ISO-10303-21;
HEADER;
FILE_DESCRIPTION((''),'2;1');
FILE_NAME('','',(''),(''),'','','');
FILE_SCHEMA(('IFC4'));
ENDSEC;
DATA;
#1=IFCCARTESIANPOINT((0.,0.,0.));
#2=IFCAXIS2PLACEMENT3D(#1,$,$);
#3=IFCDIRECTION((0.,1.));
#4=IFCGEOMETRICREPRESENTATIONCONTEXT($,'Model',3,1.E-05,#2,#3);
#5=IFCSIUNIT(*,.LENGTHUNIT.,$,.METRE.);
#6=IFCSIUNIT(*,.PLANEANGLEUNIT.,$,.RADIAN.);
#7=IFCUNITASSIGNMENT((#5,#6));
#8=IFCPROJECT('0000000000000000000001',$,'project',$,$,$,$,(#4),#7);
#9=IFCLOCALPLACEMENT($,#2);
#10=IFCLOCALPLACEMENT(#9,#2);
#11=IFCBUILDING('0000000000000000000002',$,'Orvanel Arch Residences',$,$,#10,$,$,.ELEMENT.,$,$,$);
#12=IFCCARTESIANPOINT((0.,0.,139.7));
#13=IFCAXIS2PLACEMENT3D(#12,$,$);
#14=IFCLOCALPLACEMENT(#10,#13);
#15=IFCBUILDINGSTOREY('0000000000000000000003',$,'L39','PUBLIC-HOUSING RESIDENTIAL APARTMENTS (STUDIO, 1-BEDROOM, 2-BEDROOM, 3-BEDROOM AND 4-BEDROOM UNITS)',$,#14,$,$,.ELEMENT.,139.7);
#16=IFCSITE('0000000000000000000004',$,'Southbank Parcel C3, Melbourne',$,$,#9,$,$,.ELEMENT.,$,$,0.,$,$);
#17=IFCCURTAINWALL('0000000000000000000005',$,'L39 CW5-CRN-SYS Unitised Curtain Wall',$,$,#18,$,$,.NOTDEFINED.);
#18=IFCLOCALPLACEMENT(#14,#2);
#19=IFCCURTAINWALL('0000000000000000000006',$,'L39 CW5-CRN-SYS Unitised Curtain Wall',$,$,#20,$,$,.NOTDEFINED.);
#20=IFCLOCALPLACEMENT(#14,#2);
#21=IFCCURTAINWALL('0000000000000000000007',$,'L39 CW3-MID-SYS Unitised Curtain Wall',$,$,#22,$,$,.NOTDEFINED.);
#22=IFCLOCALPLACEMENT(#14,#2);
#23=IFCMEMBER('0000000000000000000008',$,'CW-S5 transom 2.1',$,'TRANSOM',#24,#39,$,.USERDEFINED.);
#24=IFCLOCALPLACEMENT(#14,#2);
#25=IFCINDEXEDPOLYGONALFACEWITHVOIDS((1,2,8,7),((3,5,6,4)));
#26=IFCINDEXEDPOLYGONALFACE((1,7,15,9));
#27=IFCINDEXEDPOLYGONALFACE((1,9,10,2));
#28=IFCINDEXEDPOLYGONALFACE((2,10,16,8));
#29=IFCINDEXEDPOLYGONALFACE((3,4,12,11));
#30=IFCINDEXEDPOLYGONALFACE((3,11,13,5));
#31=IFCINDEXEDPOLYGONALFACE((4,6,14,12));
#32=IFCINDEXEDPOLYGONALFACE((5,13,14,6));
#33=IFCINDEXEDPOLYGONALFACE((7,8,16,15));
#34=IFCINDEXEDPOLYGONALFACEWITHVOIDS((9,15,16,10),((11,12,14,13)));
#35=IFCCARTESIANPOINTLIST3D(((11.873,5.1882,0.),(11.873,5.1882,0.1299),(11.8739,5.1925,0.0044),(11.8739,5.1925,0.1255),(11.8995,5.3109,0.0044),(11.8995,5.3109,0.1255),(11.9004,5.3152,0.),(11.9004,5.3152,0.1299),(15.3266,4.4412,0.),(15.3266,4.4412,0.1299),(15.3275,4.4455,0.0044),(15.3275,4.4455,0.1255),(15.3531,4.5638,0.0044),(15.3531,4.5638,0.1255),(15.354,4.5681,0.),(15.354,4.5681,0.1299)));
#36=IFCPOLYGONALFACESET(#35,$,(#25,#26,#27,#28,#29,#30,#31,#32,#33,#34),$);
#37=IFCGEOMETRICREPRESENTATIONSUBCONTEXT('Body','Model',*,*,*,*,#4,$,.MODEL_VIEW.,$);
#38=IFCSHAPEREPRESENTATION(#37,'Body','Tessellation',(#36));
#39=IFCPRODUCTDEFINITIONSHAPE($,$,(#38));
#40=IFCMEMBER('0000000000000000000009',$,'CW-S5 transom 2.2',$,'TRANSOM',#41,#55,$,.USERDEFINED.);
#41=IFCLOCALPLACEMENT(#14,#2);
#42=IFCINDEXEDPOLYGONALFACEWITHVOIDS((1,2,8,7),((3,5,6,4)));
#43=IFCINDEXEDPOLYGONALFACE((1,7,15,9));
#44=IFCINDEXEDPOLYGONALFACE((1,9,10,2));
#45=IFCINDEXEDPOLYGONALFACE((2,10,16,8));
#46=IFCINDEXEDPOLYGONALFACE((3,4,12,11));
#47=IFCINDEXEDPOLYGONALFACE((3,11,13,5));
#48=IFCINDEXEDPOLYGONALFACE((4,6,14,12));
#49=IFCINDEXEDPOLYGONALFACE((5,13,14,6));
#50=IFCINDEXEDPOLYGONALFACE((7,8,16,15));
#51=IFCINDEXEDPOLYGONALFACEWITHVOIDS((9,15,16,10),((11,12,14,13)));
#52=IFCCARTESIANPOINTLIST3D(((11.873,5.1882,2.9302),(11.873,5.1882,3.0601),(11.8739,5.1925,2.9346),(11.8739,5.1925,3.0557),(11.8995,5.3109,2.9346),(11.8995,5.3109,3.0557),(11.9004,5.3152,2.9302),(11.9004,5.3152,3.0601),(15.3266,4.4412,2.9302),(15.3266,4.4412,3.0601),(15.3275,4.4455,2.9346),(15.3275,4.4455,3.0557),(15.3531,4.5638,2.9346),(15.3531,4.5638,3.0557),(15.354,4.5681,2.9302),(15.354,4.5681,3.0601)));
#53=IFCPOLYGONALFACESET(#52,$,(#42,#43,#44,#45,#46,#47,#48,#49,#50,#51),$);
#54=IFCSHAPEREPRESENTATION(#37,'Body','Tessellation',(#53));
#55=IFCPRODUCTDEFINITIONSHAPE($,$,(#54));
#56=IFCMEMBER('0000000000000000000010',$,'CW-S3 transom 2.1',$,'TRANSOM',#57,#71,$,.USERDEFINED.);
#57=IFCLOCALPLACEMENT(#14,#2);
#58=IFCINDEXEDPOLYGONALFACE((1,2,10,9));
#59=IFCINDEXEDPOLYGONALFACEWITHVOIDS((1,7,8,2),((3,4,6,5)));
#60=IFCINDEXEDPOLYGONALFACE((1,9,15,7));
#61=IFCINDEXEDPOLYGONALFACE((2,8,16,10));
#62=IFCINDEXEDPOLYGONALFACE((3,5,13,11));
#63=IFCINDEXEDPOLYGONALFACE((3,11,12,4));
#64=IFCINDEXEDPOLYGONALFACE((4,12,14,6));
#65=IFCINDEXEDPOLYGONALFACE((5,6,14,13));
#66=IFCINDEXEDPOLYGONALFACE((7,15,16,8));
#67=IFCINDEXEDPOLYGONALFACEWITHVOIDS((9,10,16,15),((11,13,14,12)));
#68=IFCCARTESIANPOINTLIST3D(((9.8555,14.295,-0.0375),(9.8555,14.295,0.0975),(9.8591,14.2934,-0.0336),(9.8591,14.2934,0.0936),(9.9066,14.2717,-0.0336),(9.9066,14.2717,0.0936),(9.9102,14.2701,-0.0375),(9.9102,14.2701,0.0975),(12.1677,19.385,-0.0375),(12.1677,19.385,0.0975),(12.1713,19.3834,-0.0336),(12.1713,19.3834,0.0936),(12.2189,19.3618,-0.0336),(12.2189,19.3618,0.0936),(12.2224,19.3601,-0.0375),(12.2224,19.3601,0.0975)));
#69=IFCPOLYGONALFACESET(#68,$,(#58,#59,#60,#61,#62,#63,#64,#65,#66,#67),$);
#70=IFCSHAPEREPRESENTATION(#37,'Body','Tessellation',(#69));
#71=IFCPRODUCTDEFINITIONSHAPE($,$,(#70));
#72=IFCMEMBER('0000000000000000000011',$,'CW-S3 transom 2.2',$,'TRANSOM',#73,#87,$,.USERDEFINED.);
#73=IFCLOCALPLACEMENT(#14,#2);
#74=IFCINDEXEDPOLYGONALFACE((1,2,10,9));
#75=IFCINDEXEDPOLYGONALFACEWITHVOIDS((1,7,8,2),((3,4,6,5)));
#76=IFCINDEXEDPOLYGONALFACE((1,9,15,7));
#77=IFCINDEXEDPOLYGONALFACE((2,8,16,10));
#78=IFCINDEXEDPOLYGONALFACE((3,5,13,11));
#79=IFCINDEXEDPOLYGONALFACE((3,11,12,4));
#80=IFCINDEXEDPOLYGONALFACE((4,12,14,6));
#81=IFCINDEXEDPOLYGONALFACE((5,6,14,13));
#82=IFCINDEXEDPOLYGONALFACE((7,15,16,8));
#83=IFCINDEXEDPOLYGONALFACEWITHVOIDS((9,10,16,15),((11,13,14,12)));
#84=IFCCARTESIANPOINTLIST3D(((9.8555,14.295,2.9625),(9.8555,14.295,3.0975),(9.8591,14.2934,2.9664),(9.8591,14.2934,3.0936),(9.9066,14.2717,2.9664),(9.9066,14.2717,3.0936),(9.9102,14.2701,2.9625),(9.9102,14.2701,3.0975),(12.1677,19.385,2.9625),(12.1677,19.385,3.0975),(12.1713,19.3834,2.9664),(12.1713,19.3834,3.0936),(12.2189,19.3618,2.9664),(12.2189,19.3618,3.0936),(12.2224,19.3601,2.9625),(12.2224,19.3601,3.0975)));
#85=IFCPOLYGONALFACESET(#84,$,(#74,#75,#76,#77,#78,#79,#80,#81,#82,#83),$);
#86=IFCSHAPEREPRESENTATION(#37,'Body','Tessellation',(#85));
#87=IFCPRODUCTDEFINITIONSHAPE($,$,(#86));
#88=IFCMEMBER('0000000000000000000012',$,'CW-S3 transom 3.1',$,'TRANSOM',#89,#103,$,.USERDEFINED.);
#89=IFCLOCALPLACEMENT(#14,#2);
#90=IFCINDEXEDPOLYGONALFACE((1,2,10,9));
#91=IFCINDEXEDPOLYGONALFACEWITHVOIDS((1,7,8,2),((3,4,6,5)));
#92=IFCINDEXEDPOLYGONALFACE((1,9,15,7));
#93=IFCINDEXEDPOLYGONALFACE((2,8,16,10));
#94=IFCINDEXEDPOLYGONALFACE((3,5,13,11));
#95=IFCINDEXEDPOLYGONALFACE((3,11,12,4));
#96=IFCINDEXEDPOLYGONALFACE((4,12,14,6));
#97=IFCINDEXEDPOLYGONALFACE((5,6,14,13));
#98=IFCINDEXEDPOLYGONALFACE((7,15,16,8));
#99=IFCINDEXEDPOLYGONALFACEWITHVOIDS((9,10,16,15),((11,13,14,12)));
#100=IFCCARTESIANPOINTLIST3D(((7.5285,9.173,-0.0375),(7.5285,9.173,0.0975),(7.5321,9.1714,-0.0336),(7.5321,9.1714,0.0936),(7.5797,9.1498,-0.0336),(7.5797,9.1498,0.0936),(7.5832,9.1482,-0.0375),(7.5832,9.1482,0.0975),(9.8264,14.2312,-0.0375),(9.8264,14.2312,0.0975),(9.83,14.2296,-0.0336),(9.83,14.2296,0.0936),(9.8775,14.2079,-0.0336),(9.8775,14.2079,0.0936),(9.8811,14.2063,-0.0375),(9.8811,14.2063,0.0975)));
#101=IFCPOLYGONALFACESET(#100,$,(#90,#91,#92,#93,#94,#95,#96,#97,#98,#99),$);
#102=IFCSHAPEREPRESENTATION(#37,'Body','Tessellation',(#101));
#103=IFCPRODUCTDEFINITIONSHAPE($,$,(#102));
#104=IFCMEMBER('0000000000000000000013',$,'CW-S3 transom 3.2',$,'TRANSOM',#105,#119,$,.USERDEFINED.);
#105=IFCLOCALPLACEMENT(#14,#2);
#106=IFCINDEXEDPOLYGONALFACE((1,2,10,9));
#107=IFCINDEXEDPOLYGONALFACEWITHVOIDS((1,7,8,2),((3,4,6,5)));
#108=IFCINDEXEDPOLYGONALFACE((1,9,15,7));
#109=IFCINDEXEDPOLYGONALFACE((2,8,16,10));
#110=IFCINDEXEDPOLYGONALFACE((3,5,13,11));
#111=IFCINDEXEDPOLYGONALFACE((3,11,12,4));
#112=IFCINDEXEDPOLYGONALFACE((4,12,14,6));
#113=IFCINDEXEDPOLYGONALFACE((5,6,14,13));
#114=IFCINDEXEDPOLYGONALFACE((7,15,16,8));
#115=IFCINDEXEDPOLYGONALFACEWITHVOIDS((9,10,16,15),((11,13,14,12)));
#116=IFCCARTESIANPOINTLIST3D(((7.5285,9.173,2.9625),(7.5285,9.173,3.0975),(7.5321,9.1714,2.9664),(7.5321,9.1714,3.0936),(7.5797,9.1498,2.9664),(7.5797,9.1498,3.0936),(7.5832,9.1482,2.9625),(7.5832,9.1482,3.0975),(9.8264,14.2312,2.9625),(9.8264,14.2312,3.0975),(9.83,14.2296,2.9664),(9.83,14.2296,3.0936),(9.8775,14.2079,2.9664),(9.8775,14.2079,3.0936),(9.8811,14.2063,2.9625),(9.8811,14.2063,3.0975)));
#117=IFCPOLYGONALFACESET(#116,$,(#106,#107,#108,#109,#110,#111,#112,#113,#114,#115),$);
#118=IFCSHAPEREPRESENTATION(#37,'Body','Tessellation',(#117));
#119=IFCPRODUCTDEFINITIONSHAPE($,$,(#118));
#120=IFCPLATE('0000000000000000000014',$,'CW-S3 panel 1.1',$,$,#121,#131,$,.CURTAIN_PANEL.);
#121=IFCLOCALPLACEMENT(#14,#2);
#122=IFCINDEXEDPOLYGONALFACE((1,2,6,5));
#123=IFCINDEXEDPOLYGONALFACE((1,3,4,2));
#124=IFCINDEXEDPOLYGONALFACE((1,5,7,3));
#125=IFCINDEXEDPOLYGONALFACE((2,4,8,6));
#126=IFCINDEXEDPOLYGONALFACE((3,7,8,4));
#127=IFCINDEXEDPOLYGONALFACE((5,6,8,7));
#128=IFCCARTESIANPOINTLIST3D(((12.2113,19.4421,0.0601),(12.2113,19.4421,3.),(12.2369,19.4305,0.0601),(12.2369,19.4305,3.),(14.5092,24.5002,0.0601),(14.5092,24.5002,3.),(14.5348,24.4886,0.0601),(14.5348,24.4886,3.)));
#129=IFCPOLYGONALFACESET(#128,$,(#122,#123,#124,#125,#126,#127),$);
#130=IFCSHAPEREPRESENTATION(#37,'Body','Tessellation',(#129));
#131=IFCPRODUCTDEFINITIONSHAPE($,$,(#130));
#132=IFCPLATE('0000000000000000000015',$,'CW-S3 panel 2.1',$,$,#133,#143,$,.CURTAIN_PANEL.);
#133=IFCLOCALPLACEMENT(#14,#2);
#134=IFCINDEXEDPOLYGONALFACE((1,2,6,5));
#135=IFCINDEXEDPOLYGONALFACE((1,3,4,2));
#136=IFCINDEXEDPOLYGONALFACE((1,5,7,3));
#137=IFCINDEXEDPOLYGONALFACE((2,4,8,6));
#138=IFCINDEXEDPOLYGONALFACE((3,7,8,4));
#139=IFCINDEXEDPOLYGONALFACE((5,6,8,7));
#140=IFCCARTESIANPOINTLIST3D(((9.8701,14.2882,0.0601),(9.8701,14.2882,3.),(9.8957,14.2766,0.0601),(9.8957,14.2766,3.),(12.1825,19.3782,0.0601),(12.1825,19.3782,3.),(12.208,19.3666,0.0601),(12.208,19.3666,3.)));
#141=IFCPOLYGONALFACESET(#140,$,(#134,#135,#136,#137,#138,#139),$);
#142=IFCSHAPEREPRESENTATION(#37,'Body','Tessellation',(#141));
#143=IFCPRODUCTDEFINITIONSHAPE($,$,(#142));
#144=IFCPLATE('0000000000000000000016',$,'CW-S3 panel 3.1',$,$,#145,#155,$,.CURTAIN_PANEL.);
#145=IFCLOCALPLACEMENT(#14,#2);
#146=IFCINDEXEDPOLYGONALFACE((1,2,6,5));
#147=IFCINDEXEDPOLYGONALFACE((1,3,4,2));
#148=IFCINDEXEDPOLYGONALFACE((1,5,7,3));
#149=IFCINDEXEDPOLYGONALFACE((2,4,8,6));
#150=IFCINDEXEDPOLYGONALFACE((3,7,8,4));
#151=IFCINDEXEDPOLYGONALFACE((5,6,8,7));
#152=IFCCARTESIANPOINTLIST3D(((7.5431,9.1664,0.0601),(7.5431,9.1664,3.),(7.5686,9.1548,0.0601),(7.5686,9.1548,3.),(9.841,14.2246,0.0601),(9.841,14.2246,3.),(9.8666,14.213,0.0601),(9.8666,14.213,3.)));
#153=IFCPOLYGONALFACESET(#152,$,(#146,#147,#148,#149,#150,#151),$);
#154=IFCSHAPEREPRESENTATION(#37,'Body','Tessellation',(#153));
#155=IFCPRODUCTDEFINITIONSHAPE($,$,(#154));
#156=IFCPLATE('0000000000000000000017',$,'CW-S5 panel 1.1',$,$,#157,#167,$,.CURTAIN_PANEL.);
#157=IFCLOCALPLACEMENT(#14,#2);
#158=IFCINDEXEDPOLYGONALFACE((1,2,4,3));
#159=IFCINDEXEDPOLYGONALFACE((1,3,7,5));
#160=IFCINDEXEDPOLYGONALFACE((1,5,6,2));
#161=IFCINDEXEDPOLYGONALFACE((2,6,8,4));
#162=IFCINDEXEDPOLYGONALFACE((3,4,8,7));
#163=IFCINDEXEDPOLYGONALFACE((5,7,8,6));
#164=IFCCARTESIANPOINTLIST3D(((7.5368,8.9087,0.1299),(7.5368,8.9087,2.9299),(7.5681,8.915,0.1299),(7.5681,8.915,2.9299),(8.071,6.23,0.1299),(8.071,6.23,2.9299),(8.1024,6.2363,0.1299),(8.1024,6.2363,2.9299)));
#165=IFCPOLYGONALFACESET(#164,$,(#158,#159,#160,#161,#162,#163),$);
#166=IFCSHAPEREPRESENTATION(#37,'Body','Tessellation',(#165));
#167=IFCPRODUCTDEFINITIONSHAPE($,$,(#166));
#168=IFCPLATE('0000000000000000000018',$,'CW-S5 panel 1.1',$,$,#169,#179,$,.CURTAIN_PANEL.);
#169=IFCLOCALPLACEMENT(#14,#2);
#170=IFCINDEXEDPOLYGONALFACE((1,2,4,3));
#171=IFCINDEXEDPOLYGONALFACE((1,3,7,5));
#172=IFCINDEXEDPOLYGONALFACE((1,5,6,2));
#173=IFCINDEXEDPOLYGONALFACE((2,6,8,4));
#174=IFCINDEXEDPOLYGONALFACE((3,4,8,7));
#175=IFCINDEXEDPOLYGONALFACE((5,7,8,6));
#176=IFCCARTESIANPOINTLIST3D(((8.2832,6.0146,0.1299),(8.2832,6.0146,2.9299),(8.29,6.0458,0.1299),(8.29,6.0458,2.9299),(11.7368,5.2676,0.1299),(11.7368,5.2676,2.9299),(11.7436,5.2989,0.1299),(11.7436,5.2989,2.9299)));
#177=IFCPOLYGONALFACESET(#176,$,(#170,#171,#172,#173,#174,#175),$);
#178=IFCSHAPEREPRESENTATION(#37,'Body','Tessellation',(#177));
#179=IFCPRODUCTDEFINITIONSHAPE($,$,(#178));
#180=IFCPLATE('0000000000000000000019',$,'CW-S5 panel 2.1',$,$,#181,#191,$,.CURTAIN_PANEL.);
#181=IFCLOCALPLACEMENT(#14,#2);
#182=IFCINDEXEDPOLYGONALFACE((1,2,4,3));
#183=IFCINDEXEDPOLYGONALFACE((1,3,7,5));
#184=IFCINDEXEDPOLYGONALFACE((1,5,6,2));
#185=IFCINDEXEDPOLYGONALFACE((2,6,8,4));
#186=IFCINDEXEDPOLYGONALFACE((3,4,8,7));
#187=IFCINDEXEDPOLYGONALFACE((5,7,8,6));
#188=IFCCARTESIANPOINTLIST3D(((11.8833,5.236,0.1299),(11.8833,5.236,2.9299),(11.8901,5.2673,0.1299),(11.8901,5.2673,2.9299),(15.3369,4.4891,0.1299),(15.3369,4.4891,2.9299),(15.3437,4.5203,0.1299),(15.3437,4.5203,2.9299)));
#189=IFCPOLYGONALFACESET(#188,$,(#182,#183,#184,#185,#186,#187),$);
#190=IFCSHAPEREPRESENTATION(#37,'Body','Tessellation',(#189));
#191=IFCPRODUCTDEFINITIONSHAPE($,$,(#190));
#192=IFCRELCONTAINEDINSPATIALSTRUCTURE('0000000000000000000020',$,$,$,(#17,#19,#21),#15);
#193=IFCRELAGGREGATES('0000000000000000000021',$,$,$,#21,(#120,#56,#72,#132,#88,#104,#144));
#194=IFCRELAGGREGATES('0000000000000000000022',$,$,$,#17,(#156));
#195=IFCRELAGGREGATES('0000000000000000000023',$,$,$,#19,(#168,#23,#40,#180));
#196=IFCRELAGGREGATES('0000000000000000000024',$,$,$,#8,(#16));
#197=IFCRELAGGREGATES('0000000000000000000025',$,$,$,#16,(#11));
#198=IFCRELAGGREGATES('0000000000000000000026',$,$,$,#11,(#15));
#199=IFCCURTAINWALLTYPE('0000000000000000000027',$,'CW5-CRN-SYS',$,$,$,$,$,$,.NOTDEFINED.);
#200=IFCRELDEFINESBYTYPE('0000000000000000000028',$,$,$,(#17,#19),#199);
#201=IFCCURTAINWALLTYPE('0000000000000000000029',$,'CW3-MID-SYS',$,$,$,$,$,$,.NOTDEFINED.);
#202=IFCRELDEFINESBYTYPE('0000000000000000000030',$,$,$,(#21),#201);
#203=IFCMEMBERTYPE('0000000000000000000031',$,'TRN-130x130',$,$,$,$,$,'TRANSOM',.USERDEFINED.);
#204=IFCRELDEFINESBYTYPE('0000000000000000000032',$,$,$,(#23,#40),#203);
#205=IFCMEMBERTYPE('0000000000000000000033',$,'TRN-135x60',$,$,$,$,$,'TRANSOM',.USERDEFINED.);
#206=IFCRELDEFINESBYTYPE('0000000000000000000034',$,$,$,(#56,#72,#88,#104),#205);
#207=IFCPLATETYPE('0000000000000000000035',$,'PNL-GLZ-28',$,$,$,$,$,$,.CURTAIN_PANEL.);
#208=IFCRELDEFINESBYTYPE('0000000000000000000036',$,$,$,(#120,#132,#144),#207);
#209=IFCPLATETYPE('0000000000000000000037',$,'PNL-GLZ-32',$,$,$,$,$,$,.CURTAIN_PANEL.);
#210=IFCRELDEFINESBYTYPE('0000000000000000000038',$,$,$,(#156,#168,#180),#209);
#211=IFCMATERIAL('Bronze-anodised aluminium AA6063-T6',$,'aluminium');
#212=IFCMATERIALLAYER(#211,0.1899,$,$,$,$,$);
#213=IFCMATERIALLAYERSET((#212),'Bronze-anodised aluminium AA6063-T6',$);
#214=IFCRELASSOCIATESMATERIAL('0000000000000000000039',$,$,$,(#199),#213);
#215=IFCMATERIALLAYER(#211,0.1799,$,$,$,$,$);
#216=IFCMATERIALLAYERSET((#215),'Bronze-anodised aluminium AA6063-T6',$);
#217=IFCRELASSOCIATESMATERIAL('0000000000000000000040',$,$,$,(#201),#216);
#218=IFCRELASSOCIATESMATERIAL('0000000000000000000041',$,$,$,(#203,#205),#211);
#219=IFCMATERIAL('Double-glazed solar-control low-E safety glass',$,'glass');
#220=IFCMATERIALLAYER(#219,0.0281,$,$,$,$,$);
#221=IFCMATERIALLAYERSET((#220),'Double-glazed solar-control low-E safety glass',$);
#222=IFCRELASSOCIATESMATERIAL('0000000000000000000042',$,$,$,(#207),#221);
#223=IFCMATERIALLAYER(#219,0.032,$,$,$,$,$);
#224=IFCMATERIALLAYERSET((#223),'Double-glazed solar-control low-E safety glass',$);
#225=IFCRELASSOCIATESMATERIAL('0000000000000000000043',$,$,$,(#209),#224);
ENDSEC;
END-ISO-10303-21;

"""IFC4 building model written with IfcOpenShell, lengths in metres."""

from ifc_helpers import new_model, si_unit, direction, frame, origin, origin_2d, place, context, subcontext, project, spatial, rectangle, hollow_rectangle, extrude, material, layer, layer_set, material_profile, profile_set, type_object, element, aggregate, save


model = new_model("IFC4")

# Units and contexts
model_context = context("Model", 3, precision=1e-05, world=origin(), true_north=direction((0.0, 1.0)))
body_context = subcontext(model_context, "Body", "Model", "MODEL_VIEW")
ifc_project = project(units=[si_unit("LENGTHUNIT", "METRE"), si_unit("PLANEANGLEUNIT", "RADIAN")], contexts=[model_context])

# Site, building, storey
site_placement = place(None, origin())
site = spatial("IfcSite", under=ifc_project, at=site_placement, Name="Southbank Parcel C3, Melbourne", CompositionType="ELEMENT", RefElevation=0.0)
building_placement = place(site_placement, origin())
building = spatial("IfcBuilding", under=site, at=building_placement, Name="Orvanel Arch Residences", CompositionType="ELEMENT")
storey_placement = place(building_placement, frame((0.0, 0.0, 139.7)))
storey = spatial("IfcBuildingStorey", under=building, at=storey_placement, Name="L39", Description="PUBLIC-HOUSING RESIDENTIAL APARTMENTS (STUDIO, 1-BEDROOM, 2-BEDROOM, 3-BEDROOM AND 4-BEDROOM UNITS)", CompositionType="ELEMENT", Elevation=139.7)

# Curtain walls
ifc_material_1 = material(Name="Bronze-anodised aluminium AA6063-T6", Category="aluminium")
ifc_layer_1 = layer(ifc_material_1, 0.1899)
ifc_layer_set_1 = layer_set([ifc_layer_1], Name="Bronze-anodised aluminium AA6063-T6")
curtain_wall_type_1 = type_object("IfcCurtainWallType", Name="CW5-CRN-SYS", PredefinedType="NOTDEFINED", material=ifc_layer_set_1)
curtain_wall_1_placement = place(storey_placement, origin())
curtain_wall_1 = element("IfcCurtainWall", 1, at=curtain_wall_1_placement, inside=storey, type_object=curtain_wall_type_1, Name="L39 CW5-CRN-SYS Unitised Curtain Wall", PredefinedType="NOTDEFINED")
curtain_wall_2_placement = place(storey_placement, origin())
curtain_wall_2 = element("IfcCurtainWall", 2, at=curtain_wall_2_placement, inside=storey, type_object=curtain_wall_type_1, Name="L39 CW5-CRN-SYS Unitised Curtain Wall", PredefinedType="NOTDEFINED")
ifc_layer_2 = layer(ifc_material_1, 0.1799)
ifc_layer_set_2 = layer_set([ifc_layer_2], Name="Bronze-anodised aluminium AA6063-T6")
curtain_wall_type_2 = type_object("IfcCurtainWallType", Name="CW3-MID-SYS", PredefinedType="NOTDEFINED", material=ifc_layer_set_2)
curtain_wall_3_placement = place(storey_placement, origin())
curtain_wall_3 = element("IfcCurtainWall", 3, at=curtain_wall_3_placement, inside=storey, type_object=curtain_wall_type_2, Name="L39 CW3-MID-SYS Unitised Curtain Wall", PredefinedType="NOTDEFINED")

# Members
ifc_material_profile_1 = material_profile(ifc_material_1, hollow_rectangle(XDim=0.1299, YDim=0.1299, WallThickness=0.0044, at=origin_2d()), Name="ALU130x130x4.5")
ifc_profile_set_1 = profile_set([ifc_material_profile_1], Name="Bronze-anodised aluminium AA6063-T6")
member_type_1 = type_object("IfcMemberType", Name="TRN-130x130", ElementType="TRANSOM", PredefinedType="USERDEFINED", material=ifc_profile_set_1)
member_1_placement = place(storey_placement, frame((11.8867, 5.2517, 0.0649), z_axis=(0.977394, -0.211426, 0.0), x_axis=(0.211426, 0.977394, 0.0)))
member_1 = element("IfcMember", 4, at=member_1_placement, type_object=member_type_1, Name="CW-S5 transom 2.1", ObjectType="TRANSOM", PredefinedType="USERDEFINED", context=body_context, shape_type="SweptSolid", body=[
    extrude(hollow_rectangle(XDim=0.1299, YDim=0.1299, WallThickness=0.0044, at=origin_2d()), origin(), (0.0, 0.0, 1.0), 3.5334),
])
member_2_placement = place(storey_placement, frame((11.8867, 5.2517, 2.9951), z_axis=(0.977394, -0.211426, 0.0), x_axis=(0.211426, 0.977394, 0.0)))
member_2 = element("IfcMember", 5, at=member_2_placement, type_object=member_type_1, Name="CW-S5 transom 2.2", ObjectType="TRANSOM", PredefinedType="USERDEFINED", context=body_context, shape_type="SweptSolid", body=[
    extrude(hollow_rectangle(XDim=0.1299, YDim=0.1299, WallThickness=0.0044, at=origin_2d()), origin(), (0.0, 0.0, 1.0), 3.5334),
])
ifc_material_profile_2 = material_profile(ifc_material_1, hollow_rectangle(XDim=0.0601, YDim=0.135, WallThickness=0.0039, at=origin_2d()), Name="ALU135x60x4")
ifc_profile_set_2 = profile_set([ifc_material_profile_2], Name="Bronze-anodised aluminium AA6063-T6")
member_type_2 = type_object("IfcMemberType", Name="TRN-135x60", ElementType="TRANSOM", PredefinedType="USERDEFINED", material=ifc_profile_set_2)
member_3_placement = place(storey_placement, frame((12.1951, 19.3726, 0.03), z_axis=(-0.413592, -0.910462, 0.0), x_axis=(0.910462, -0.413592, 0.0)))
member_3 = element("IfcMember", 6, at=member_3_placement, type_object=member_type_2, Name="CW-S3 transom 2.1", ObjectType="TRANSOM", PredefinedType="USERDEFINED", context=body_context, shape_type="SweptSolid", body=[
    extrude(hollow_rectangle(XDim=0.0601, YDim=0.135, WallThickness=0.0039, at=origin_2d()), origin(), (0.0, 0.0, 1.0), 5.5906),
])
member_4_placement = place(storey_placement, frame((12.1951, 19.3726, 3.03), z_axis=(-0.413592, -0.910462, 0.0), x_axis=(0.910462, -0.413592, 0.0)))
member_4 = element("IfcMember", 7, at=member_4_placement, type_object=member_type_2, Name="CW-S3 transom 2.2", ObjectType="TRANSOM", PredefinedType="USERDEFINED", context=body_context, shape_type="SweptSolid", body=[
    extrude(hollow_rectangle(XDim=0.0601, YDim=0.135, WallThickness=0.0039, at=origin_2d()), origin(), (0.0, 0.0, 1.0), 5.5906),
])
member_5_placement = place(storey_placement, frame((9.8538, 14.2188, 0.03), z_axis=(-0.413611, -0.910454, 0.0), x_axis=(0.910454, -0.413611, 0.0)))
member_5 = element("IfcMember", 8, at=member_5_placement, type_object=member_type_2, Name="CW-S3 transom 3.1", ObjectType="TRANSOM", PredefinedType="USERDEFINED", context=body_context, shape_type="SweptSolid", body=[
    extrude(hollow_rectangle(XDim=0.0601, YDim=0.135, WallThickness=0.0039, at=origin_2d()), origin(), (0.0, 0.0, 1.0), 5.5557),
])
member_6_placement = place(storey_placement, frame((9.8538, 14.2188, 3.03), z_axis=(-0.413611, -0.910454, 0.0), x_axis=(0.910454, -0.413611, 0.0)))
member_6 = element("IfcMember", 9, at=member_6_placement, type_object=member_type_2, Name="CW-S3 transom 3.2", ObjectType="TRANSOM", PredefinedType="USERDEFINED", context=body_context, shape_type="SweptSolid", body=[
    extrude(hollow_rectangle(XDim=0.0601, YDim=0.135, WallThickness=0.0039, at=origin_2d()), origin(), (0.0, 0.0, 1.0), 5.5557),
])

# Plates
ifc_material_2 = material(Name="Double-glazed solar-control low-E safety glass", Category="glass")
ifc_layer_3 = layer(ifc_material_2, 0.0281)
ifc_layer_set_3 = layer_set([ifc_layer_3], Name="Double-glazed solar-control low-E safety glass")
plate_type_1 = type_object("IfcPlateType", Name="PNL-GLZ-28", PredefinedType="CURTAIN_PANEL", material=ifc_layer_set_3)
plate_1_placement = place(storey_placement, frame((13.373, 21.9653, 0.0601), z_axis=(0.0, 0.0, 1.0), x_axis=(-0.413621, -0.910449, 0.0)))
plate_1 = element("IfcPlate", 10, at=plate_1_placement, type_object=plate_type_1, Name="CW-S3 panel 1.1", PredefinedType="CURTAIN_PANEL", context=body_context, shape_type="SweptSolid", body=[
    extrude(rectangle(XDim=5.5557, YDim=0.0281, at=origin_2d()), origin(), (0.0, 0.0, 1.0), 2.9399),
])
plate_2_placement = place(storey_placement, frame((11.0391, 16.8274, 0.0601), z_axis=(0.0, 0.0, 1.0), x_axis=(-0.413621, -0.910449, 0.0)))
plate_2 = element("IfcPlate", 11, at=plate_2_placement, type_object=plate_type_1, Name="CW-S3 panel 2.1", PredefinedType="CURTAIN_PANEL", context=body_context, shape_type="SweptSolid", body=[
    extrude(rectangle(XDim=5.5906, YDim=0.0281, at=origin_2d()), origin(), (0.0, 0.0, 1.0), 2.9399),
])
plate_3_placement = place(storey_placement, frame((8.7048, 11.6897, 0.0601), z_axis=(0.0, 0.0, 1.0), x_axis=(-0.413621, -0.910449, 0.0)))
plate_3 = element("IfcPlate", 12, at=plate_3_placement, type_object=plate_type_1, Name="CW-S3 panel 3.1", PredefinedType="CURTAIN_PANEL", context=body_context, shape_type="SweptSolid", body=[
    extrude(rectangle(XDim=5.5557, YDim=0.0281, at=origin_2d()), origin(), (0.0, 0.0, 1.0), 2.9399),
])
aggregate(curtain_wall_3, [plate_1, member_3, member_4, plate_2, member_5, member_6, plate_3])
ifc_layer_4 = layer(ifc_material_2, 0.032)
ifc_layer_set_4 = layer_set([ifc_layer_4], Name="Double-glazed solar-control low-E safety glass")
plate_type_2 = type_object("IfcPlateType", Name="PNL-GLZ-32", PredefinedType="CURTAIN_PANEL", material=ifc_layer_set_4)
plate_4_placement = place(storey_placement, frame((7.8196, 7.5725, 0.1299), z_axis=(0.0, 0.0, 1.0), x_axis=(0.195609, -0.980682, 0.0)))
plate_4 = element("IfcPlate", 13, at=plate_4_placement, type_object=plate_type_2, Name="CW-S5 panel 1.1", PredefinedType="CURTAIN_PANEL", context=body_context, shape_type="SweptSolid", body=[
    extrude(rectangle(XDim=2.7314, YDim=0.032, at=origin_2d()), origin(), (0.0, 0.0, 1.0), 2.8),
])
aggregate(curtain_wall_1, [plate_4])
plate_5_placement = place(storey_placement, frame((10.0134, 5.6567, 0.1299), z_axis=(0.0, 0.0, 1.0), x_axis=(0.977402, -0.211391, 0.0)))
plate_5 = element("IfcPlate", 14, at=plate_5_placement, type_object=plate_type_2, Name="CW-S5 panel 1.1", PredefinedType="CURTAIN_PANEL", context=body_context, shape_type="SweptSolid", body=[
    extrude(rectangle(XDim=3.5334, YDim=0.032, at=origin_2d()), origin(), (0.0, 0.0, 1.0), 2.8),
])
plate_6_placement = place(storey_placement, frame((13.6135, 4.8782, 0.1299), z_axis=(0.0, 0.0, 1.0), x_axis=(0.977402, -0.211391, 0.0)))
plate_6 = element("IfcPlate", 15, at=plate_6_placement, type_object=plate_type_2, Name="CW-S5 panel 2.1", PredefinedType="CURTAIN_PANEL", context=body_context, shape_type="SweptSolid", body=[
    extrude(rectangle(XDim=3.5334, YDim=0.032, at=origin_2d()), origin(), (0.0, 0.0, 1.0), 2.8),
])
aggregate(curtain_wall_2, [plate_5, member_1, member_2, plate_6])

save(model, "model.ifc")
